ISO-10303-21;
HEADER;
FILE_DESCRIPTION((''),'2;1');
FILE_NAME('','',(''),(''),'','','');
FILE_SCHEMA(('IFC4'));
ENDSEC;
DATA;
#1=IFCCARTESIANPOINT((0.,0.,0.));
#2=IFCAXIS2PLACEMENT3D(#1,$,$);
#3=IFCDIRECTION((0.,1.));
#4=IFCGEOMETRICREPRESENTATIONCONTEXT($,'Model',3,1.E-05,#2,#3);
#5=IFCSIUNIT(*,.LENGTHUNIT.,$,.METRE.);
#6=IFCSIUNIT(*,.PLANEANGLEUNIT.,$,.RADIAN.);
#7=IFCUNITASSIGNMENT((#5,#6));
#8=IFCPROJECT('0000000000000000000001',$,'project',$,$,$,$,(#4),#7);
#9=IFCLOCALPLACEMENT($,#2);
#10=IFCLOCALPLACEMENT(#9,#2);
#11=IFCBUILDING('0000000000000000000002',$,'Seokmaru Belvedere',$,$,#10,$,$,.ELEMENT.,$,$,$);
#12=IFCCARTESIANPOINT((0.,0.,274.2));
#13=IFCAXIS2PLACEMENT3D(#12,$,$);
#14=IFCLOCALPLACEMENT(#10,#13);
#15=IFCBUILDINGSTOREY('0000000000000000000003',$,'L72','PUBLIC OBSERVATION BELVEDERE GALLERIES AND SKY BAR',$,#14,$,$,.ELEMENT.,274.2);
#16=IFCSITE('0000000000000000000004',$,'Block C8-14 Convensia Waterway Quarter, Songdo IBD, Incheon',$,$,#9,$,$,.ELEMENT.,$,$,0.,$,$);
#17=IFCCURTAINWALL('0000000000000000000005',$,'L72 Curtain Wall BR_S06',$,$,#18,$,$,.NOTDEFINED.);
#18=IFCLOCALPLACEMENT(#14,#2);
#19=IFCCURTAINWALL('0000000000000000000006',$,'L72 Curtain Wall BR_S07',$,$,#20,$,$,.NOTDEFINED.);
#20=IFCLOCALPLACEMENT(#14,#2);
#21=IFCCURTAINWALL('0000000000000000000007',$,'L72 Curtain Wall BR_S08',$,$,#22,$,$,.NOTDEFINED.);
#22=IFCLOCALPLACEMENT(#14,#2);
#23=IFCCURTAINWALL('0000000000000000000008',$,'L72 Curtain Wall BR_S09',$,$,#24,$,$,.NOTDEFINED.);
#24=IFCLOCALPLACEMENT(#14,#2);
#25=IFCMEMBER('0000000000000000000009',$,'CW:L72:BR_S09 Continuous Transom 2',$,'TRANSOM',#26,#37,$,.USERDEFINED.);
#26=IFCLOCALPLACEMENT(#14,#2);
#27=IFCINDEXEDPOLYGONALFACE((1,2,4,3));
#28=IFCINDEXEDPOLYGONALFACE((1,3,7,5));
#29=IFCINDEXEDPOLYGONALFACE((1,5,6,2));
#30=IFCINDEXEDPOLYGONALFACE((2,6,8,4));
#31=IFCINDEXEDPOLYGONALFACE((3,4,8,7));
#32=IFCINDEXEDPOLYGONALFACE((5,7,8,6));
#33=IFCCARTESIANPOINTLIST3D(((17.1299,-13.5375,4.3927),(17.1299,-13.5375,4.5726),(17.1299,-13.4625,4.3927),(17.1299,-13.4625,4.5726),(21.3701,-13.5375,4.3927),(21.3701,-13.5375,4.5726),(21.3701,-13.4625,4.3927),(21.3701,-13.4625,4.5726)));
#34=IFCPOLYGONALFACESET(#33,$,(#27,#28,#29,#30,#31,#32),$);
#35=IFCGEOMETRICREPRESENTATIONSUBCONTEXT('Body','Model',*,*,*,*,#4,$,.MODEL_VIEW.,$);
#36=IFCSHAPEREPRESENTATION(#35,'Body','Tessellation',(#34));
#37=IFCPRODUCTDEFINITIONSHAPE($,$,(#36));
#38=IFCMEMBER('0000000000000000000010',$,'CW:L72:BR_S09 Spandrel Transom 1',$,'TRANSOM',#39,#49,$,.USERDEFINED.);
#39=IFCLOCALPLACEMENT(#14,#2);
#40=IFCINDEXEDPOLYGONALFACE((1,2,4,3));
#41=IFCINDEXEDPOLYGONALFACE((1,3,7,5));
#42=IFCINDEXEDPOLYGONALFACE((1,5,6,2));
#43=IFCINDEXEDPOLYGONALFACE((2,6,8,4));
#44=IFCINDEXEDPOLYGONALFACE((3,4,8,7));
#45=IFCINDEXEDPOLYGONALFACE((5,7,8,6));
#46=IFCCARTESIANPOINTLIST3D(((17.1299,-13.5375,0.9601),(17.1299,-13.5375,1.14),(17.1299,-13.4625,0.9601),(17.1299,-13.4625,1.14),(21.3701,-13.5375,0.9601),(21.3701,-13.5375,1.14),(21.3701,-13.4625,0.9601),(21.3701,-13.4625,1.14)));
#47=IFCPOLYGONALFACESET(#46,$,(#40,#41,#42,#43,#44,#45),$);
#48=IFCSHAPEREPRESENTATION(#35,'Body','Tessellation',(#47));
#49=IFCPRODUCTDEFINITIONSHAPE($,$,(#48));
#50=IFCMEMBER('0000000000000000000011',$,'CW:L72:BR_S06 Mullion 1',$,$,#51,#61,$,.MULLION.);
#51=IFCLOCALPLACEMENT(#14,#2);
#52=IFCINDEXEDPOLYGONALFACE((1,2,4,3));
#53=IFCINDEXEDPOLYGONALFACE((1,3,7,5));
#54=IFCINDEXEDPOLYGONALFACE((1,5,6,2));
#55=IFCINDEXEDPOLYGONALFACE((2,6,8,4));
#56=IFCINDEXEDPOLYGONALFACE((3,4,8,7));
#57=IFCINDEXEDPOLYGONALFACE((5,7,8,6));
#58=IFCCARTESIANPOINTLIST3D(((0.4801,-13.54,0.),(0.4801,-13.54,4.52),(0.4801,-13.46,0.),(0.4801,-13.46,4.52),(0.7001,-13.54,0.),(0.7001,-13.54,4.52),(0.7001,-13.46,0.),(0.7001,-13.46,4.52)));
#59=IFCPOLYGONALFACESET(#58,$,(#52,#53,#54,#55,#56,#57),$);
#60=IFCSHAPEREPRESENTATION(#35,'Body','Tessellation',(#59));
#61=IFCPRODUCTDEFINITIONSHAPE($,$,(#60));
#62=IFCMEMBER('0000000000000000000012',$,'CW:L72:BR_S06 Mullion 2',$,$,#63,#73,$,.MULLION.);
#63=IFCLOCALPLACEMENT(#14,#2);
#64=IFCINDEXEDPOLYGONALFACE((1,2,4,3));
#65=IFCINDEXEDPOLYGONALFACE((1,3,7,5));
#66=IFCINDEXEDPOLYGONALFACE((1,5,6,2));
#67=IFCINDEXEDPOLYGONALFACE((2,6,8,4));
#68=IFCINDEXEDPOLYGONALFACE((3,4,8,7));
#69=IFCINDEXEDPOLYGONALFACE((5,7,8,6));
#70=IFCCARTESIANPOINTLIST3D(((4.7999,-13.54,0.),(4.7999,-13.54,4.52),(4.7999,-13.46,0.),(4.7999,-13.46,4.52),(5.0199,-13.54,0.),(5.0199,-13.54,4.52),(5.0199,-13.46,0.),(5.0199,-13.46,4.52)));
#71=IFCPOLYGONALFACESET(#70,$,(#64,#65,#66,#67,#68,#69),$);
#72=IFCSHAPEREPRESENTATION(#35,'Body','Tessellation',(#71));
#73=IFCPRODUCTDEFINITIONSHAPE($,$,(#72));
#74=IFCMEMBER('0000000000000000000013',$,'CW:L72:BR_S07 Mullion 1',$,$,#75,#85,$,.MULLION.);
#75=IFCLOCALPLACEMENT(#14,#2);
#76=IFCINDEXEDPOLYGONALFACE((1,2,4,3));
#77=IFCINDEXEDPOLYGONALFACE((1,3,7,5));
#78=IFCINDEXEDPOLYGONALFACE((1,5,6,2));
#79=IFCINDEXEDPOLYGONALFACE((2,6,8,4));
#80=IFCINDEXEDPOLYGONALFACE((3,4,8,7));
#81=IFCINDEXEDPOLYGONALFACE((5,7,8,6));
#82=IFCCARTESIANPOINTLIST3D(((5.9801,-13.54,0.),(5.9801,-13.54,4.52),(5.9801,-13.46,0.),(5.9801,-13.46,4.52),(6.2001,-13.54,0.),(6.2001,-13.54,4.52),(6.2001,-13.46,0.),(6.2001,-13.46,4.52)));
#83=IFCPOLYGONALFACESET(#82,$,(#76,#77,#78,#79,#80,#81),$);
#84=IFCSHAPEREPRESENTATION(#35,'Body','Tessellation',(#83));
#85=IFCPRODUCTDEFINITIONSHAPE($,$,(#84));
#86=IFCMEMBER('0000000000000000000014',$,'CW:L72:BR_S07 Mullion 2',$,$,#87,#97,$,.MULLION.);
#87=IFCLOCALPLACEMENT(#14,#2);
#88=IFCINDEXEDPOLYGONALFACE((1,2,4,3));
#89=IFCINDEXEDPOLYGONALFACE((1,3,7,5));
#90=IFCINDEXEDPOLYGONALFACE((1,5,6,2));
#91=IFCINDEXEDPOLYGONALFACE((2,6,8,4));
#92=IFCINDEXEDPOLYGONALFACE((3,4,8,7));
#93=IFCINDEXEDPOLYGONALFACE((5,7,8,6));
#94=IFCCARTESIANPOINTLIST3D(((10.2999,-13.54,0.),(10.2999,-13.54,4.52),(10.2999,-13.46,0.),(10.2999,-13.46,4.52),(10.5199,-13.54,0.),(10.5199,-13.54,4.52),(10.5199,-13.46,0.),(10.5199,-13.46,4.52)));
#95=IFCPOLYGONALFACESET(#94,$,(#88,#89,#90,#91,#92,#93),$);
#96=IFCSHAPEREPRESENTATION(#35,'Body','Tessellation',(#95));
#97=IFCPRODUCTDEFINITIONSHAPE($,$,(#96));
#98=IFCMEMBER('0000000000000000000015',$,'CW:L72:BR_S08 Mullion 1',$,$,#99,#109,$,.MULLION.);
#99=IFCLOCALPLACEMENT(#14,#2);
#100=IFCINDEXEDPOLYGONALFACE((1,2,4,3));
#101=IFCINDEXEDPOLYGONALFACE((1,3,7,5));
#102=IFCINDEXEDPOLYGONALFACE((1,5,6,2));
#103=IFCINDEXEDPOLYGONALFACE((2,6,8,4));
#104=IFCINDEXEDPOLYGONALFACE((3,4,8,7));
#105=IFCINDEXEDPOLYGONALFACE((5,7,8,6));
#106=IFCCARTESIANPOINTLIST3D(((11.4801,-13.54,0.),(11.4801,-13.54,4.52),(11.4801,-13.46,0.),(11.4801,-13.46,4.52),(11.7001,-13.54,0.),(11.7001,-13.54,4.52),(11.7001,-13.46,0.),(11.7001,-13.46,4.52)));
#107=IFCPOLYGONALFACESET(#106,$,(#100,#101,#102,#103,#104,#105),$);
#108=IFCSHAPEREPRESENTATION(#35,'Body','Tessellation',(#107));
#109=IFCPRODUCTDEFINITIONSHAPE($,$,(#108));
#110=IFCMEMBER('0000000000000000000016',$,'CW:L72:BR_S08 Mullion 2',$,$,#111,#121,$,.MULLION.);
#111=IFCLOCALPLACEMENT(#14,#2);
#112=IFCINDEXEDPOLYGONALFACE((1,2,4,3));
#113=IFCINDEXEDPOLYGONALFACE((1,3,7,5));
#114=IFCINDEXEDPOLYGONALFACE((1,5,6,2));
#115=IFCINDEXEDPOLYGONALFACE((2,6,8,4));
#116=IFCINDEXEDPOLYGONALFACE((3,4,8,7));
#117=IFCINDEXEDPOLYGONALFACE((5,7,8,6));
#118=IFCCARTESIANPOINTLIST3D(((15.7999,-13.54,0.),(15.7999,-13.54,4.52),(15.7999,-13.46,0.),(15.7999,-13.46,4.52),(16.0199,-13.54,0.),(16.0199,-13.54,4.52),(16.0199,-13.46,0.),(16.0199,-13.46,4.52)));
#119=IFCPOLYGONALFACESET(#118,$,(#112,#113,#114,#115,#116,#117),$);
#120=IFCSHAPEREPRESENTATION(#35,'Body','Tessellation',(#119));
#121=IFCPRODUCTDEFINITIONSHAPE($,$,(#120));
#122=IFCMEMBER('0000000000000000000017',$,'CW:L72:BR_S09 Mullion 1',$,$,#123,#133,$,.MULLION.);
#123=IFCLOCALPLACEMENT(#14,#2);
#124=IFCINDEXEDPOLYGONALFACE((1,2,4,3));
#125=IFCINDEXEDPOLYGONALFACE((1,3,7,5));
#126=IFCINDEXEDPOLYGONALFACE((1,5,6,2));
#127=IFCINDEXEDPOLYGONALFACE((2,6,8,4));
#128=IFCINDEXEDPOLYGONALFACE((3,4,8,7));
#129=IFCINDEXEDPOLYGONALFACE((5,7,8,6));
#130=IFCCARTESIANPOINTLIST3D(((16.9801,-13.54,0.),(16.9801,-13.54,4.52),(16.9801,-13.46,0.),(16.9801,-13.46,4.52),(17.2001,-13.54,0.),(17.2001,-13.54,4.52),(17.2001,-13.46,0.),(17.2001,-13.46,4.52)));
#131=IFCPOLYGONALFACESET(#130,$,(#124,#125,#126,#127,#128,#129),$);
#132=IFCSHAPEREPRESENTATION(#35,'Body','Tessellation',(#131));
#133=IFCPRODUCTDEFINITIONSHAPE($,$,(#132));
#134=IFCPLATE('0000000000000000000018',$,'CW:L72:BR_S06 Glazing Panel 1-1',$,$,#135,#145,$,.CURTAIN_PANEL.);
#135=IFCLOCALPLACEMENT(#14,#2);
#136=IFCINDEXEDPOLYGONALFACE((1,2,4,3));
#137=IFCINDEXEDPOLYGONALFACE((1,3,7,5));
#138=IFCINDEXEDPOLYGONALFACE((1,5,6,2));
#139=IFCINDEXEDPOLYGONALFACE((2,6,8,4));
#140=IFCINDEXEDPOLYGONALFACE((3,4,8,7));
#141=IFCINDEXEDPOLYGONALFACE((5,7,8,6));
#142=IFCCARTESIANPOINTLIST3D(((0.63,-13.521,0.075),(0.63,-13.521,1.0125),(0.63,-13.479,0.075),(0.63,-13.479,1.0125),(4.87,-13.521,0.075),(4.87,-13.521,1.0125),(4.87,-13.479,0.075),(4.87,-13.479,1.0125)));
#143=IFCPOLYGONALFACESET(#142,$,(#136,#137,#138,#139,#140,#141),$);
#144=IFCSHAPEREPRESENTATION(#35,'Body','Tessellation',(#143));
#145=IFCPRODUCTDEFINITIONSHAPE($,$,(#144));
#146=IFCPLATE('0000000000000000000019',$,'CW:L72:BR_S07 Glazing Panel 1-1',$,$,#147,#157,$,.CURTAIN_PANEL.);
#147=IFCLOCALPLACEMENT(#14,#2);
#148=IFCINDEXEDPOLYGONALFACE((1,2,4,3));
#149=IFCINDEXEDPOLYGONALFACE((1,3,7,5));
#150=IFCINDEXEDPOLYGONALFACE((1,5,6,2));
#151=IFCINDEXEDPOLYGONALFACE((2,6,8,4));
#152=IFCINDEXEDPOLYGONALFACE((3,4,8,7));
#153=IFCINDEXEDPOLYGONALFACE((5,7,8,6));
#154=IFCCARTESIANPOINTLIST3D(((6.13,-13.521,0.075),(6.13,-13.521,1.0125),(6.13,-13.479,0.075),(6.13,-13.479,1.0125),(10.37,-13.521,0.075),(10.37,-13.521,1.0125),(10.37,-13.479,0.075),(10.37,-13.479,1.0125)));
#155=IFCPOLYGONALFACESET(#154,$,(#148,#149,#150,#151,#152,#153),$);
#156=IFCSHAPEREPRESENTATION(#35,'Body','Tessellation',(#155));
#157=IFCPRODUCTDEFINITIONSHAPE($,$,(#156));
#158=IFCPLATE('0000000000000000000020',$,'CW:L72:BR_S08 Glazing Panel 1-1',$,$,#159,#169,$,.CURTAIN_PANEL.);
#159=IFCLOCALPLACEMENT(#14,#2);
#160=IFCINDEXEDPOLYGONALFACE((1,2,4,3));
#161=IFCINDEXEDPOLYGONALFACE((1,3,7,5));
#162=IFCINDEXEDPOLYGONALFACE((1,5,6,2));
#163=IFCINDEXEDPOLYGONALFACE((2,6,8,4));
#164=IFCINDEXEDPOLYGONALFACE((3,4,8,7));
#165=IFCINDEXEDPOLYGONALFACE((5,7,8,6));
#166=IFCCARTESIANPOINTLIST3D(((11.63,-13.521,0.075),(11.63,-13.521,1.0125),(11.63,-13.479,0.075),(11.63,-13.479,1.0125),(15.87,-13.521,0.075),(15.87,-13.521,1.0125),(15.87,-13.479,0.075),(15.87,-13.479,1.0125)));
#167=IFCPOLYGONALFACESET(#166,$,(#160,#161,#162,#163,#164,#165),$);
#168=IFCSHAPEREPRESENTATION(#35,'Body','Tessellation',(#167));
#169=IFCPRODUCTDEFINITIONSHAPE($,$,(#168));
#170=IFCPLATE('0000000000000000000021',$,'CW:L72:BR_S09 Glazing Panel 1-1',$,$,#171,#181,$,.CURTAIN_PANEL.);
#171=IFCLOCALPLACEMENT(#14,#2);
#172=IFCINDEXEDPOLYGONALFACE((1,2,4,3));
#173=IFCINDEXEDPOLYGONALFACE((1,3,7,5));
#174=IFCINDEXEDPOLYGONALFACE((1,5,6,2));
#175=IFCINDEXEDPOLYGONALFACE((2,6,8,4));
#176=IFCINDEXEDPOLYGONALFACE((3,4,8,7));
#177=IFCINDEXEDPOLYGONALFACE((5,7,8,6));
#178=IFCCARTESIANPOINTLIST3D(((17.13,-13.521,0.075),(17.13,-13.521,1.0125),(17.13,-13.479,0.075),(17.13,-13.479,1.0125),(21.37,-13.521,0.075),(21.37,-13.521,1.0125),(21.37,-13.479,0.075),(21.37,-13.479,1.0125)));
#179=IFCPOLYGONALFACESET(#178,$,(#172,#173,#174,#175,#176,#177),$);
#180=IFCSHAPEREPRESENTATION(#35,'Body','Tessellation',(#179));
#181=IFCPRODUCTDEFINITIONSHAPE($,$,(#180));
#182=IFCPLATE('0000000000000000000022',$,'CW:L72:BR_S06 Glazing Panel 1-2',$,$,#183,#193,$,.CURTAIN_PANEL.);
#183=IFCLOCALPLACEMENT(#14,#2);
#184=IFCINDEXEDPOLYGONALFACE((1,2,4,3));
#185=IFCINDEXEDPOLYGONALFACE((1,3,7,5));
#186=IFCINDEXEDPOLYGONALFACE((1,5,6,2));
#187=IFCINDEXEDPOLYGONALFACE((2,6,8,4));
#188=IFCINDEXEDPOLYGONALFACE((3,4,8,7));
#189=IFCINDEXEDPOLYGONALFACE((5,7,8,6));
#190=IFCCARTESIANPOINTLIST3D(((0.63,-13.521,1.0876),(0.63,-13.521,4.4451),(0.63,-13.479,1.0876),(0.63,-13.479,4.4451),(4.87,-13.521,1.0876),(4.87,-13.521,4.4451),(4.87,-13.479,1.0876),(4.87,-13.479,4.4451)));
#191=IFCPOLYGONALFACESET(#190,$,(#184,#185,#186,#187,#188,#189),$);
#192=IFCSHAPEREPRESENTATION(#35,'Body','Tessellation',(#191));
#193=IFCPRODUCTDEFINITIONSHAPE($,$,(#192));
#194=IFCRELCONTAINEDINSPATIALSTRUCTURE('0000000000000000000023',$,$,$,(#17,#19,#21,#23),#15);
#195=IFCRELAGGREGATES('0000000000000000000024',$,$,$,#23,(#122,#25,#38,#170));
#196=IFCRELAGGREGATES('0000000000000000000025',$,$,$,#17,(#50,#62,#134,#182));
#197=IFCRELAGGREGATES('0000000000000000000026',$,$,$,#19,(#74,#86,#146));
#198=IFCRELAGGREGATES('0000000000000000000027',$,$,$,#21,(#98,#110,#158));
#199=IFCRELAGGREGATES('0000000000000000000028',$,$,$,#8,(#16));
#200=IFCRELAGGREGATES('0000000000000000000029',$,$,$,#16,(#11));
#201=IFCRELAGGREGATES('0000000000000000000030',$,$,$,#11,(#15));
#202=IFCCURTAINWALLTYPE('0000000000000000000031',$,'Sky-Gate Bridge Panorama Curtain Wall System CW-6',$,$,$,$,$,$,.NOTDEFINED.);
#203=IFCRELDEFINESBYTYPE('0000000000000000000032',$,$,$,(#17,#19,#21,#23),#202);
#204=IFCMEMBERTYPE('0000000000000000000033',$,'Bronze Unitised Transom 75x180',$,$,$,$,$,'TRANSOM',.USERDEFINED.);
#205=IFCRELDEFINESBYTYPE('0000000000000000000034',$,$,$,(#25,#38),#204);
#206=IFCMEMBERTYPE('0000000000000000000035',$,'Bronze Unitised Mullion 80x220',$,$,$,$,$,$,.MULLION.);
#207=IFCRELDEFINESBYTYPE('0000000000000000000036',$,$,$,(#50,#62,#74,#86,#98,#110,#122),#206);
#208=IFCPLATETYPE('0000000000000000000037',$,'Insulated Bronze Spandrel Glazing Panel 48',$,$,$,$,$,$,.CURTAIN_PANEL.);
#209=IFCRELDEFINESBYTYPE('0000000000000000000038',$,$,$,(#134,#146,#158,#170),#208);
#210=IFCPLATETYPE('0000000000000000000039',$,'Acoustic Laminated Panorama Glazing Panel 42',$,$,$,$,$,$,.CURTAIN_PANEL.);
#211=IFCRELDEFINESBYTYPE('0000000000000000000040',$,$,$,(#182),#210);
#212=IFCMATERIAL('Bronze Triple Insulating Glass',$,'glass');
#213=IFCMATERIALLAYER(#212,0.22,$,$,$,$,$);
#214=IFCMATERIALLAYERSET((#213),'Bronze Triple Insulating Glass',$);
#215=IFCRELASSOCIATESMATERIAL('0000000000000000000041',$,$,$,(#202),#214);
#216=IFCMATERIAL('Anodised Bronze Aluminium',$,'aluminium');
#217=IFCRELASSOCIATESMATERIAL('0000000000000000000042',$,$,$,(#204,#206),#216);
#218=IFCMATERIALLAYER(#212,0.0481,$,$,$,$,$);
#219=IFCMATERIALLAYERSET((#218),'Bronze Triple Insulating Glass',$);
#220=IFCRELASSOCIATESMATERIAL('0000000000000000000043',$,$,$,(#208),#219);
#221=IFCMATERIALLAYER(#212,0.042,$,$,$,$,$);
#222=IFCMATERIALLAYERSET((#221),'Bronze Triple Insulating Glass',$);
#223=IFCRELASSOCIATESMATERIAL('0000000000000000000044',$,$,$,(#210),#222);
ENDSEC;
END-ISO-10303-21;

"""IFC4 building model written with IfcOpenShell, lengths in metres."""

from ifc_helpers import new_model, si_unit, direction, frame, origin, origin_2d, place, context, subcontext, project, spatial, rectangle, extrude, source, transform, mapped, material, layer, layer_set, material_profile, profile_set, type_object, type_shapes, element, aggregate, save


model = new_model("IFC4")

# Units and contexts
model_context = context("Model", 3, precision=1e-05, world=origin(), true_north=direction((0.0, 1.0)))
body_context = subcontext(model_context, "Body", "Model", "MODEL_VIEW")
ifc_project = project(units=[si_unit("LENGTHUNIT", "METRE"), si_unit("PLANEANGLEUNIT", "RADIAN")], contexts=[model_context])

# Site, building, storey
site_placement = place(None, origin())
site = spatial("IfcSite", under=ifc_project, at=site_placement, Name="Block C8-14 Convensia Waterway Quarter, Songdo IBD, Incheon", CompositionType="ELEMENT", RefElevation=0.0)
building_placement = place(site_placement, origin())
building = spatial("IfcBuilding", under=site, at=building_placement, Name="Seokmaru Belvedere", CompositionType="ELEMENT")
storey_placement = place(building_placement, frame((0.0, 0.0, 274.2)))
storey = spatial("IfcBuildingStorey", under=building, at=storey_placement, Name="L72", Description="PUBLIC OBSERVATION BELVEDERE GALLERIES AND SKY BAR", CompositionType="ELEMENT", Elevation=274.2)

# Curtain walls, members
ifc_material_1 = material(Name="Bronze Triple Insulating Glass", Category="glass")
ifc_layer_1 = layer(ifc_material_1, 0.22)
ifc_layer_set_1 = layer_set([ifc_layer_1], Name="Bronze Triple Insulating Glass")
curtain_wall_type = type_object("IfcCurtainWallType", Name="Sky-Gate Bridge Panorama Curtain Wall System CW-6", PredefinedType="NOTDEFINED", material=ifc_layer_set_1)
curtain_wall_1_placement = place(storey_placement, origin())
curtain_wall_1 = element("IfcCurtainWall", 1, at=curtain_wall_1_placement, inside=storey, type_object=curtain_wall_type, Name="L72 Curtain Wall BR_S06", PredefinedType="NOTDEFINED")
ifc_material_2 = material(Name="Anodised Bronze Aluminium", Category="aluminium")
ifc_material_profile_1 = material_profile(ifc_material_2, rectangle(XDim=0.075, YDim=0.1799, at=origin_2d()), Name="CW-T-75x180")
ifc_profile_set_1 = profile_set([ifc_material_profile_1], Name="Anodised Bronze Aluminium")
member_type_1 = type_object("IfcMemberType", Name="Bronze Unitised Transom 75x180", ElementType="TRANSOM", PredefinedType="USERDEFINED", material=ifc_profile_set_1)
shared_shape_1 = source(origin(), body_context, "Body", "SweptSolid", [
    extrude(rectangle(XDim=0.075, YDim=0.1799, at=origin_2d()), origin(), (0.0, 0.0, 1.0), 4.2402),
])
type_shapes(member_type_1, [shared_shape_1])
curtain_wall_2_placement = place(storey_placement, origin())
curtain_wall_2 = element("IfcCurtainWall", 2, at=curtain_wall_2_placement, inside=storey, type_object=curtain_wall_type, Name="L72 Curtain Wall BR_S07", PredefinedType="NOTDEFINED")
curtain_wall_3_placement = place(storey_placement, origin())
curtain_wall_3 = element("IfcCurtainWall", 3, at=curtain_wall_3_placement, inside=storey, type_object=curtain_wall_type, Name="L72 Curtain Wall BR_S08", PredefinedType="NOTDEFINED")
curtain_wall_4_placement = place(storey_placement, origin())
curtain_wall_4 = element("IfcCurtainWall", 4, at=curtain_wall_4_placement, inside=storey, type_object=curtain_wall_type, Name="L72 Curtain Wall BR_S09", PredefinedType="NOTDEFINED")
member_1_placement = place(storey_placement, frame((17.1299, -13.5, 4.4827), z_axis=(1.0, 0.0, 0.0), x_axis=(0.0, 1.0, 0.0)))
member_1 = element("IfcMember", 5, at=member_1_placement, type_object=member_type_1, Name="CW:L72:BR_S09 Continuous Transom 2", ObjectType="TRANSOM", PredefinedType="USERDEFINED", context=body_context, shape_type="MappedRepresentation", body=[
    mapped(shared_shape_1, transform((0.0, 0.0, 0.0), scale=1.0)),
])
member_2_placement = place(storey_placement, frame((17.1299, -13.5, 1.05), z_axis=(1.0, 0.0, 0.0), x_axis=(0.0, 1.0, 0.0)))
member_2 = element("IfcMember", 6, at=member_2_placement, type_object=member_type_1, Name="CW:L72:BR_S09 Spandrel Transom 1", ObjectType="TRANSOM", PredefinedType="USERDEFINED", context=body_context, shape_type="MappedRepresentation", body=[
    mapped(shared_shape_1, transform((0.0, 0.0, 0.0), scale=1.0)),
])

# Members
ifc_material_profile_2 = material_profile(ifc_material_2, rectangle(XDim=0.0801, YDim=0.22, at=origin_2d()), Name="CW-M-80x220")
ifc_profile_set_2 = profile_set([ifc_material_profile_2], Name="Anodised Bronze Aluminium")
member_type_2 = type_object("IfcMemberType", Name="Bronze Unitised Mullion 80x220", PredefinedType="MULLION", material=ifc_profile_set_2)
shared_shape_2 = source(origin(), body_context, "Body", "SweptSolid", [
    extrude(rectangle(XDim=0.0801, YDim=0.22, at=origin_2d()), origin(), (0.0, 0.0, 1.0), 4.52),
])
type_shapes(member_type_2, [shared_shape_2])
member_3_placement = place(storey_placement, frame((0.5901, -13.5, 0.0), z_axis=(0.0, 0.0, 1.0), x_axis=(0.0, 1.0, 0.0)))
member_3 = element("IfcMember", 7, at=member_3_placement, type_object=member_type_2, Name="CW:L72:BR_S06 Mullion 1", PredefinedType="MULLION", context=body_context, shape_type="MappedRepresentation", body=[
    mapped(shared_shape_2, transform((0.0, 0.0, 0.0), scale=1.0)),
])
member_4_placement = place(storey_placement, frame((4.9099, -13.5, 0.0), z_axis=(0.0, 0.0, 1.0), x_axis=(0.0, 1.0, 0.0)))
member_4 = element("IfcMember", 8, at=member_4_placement, type_object=member_type_2, Name="CW:L72:BR_S06 Mullion 2", PredefinedType="MULLION", context=body_context, shape_type="MappedRepresentation", body=[
    mapped(shared_shape_2, transform((0.0, 0.0, 0.0), scale=1.0)),
])
member_5_placement = place(storey_placement, frame((6.0901, -13.5, 0.0), z_axis=(0.0, 0.0, 1.0), x_axis=(0.0, 1.0, 0.0)))
member_5 = element("IfcMember", 9, at=member_5_placement, type_object=member_type_2, Name="CW:L72:BR_S07 Mullion 1", PredefinedType="MULLION", context=body_context, shape_type="MappedRepresentation", body=[
    mapped(shared_shape_2, transform((0.0, 0.0, 0.0), scale=1.0)),
])
member_6_placement = place(storey_placement, frame((10.4099, -13.5, 0.0), z_axis=(0.0, 0.0, 1.0), x_axis=(0.0, 1.0, 0.0)))
member_6 = element("IfcMember", 10, at=member_6_placement, type_object=member_type_2, Name="CW:L72:BR_S07 Mullion 2", PredefinedType="MULLION", context=body_context, shape_type="MappedRepresentation", body=[
    mapped(shared_shape_2, transform((0.0, 0.0, 0.0), scale=1.0)),
])
member_7_placement = place(storey_placement, frame((11.5901, -13.5, 0.0), z_axis=(0.0, 0.0, 1.0), x_axis=(0.0, 1.0, 0.0)))
member_7 = element("IfcMember", 11, at=member_7_placement, type_object=member_type_2, Name="CW:L72:BR_S08 Mullion 1", PredefinedType="MULLION", context=body_context, shape_type="MappedRepresentation", body=[
    mapped(shared_shape_2, transform((0.0, 0.0, 0.0), scale=1.0)),
])
member_8_placement = place(storey_placement, frame((15.9099, -13.5, 0.0), z_axis=(0.0, 0.0, 1.0), x_axis=(0.0, 1.0, 0.0)))
member_8 = element("IfcMember", 12, at=member_8_placement, type_object=member_type_2, Name="CW:L72:BR_S08 Mullion 2", PredefinedType="MULLION", context=body_context, shape_type="MappedRepresentation", body=[
    mapped(shared_shape_2, transform((0.0, 0.0, 0.0), scale=1.0)),
])
member_9_placement = place(storey_placement, frame((17.0901, -13.5, 0.0), z_axis=(0.0, 0.0, 1.0), x_axis=(0.0, 1.0, 0.0)))
member_9 = element("IfcMember", 13, at=member_9_placement, type_object=member_type_2, Name="CW:L72:BR_S09 Mullion 1", PredefinedType="MULLION", context=body_context, shape_type="MappedRepresentation", body=[
    mapped(shared_shape_2, transform((0.0, 0.0, 0.0), scale=1.0)),
])

# Plates
ifc_layer_2 = layer(ifc_material_1, 0.0481)
ifc_layer_set_2 = layer_set([ifc_layer_2], Name="Bronze Triple Insulating Glass")
plate_type_1 = type_object("IfcPlateType", Name="Insulated Bronze Spandrel Glazing Panel 48", PredefinedType="CURTAIN_PANEL", material=ifc_layer_set_2)
shared_shape_3 = source(origin(), body_context, "Body", "SweptSolid", [
    extrude(rectangle(XDim=4.24, YDim=0.042, at=origin_2d()), origin(), (0.0, 0.0, 1.0), 0.9375),
])
type_shapes(plate_type_1, [shared_shape_3])
plate_1_placement = place(storey_placement, frame((2.75, -13.5, 0.075), z_axis=(0.0, 0.0, 1.0), x_axis=(1.0, 0.0, 0.0)))
plate_1 = element("IfcPlate", 14, at=plate_1_placement, type_object=plate_type_1, Name="CW:L72:BR_S06 Glazing Panel 1-1", PredefinedType="CURTAIN_PANEL", context=body_context, shape_type="MappedRepresentation", body=[
    mapped(shared_shape_3, transform((0.0, 0.0, 0.0), scale=1.0)),
])
plate_2_placement = place(storey_placement, frame((8.25, -13.5, 0.075), z_axis=(0.0, 0.0, 1.0), x_axis=(1.0, 0.0, 0.0)))
plate_2 = element("IfcPlate", 15, at=plate_2_placement, type_object=plate_type_1, Name="CW:L72:BR_S07 Glazing Panel 1-1", PredefinedType="CURTAIN_PANEL", context=body_context, shape_type="MappedRepresentation", body=[
    mapped(shared_shape_3, transform((0.0, 0.0, 0.0), scale=1.0)),
])
plate_3_placement = place(storey_placement, frame((13.75, -13.5, 0.075), z_axis=(0.0, 0.0, 1.0), x_axis=(1.0, 0.0, 0.0)))
plate_3 = element("IfcPlate", 16, at=plate_3_placement, type_object=plate_type_1, Name="CW:L72:BR_S08 Glazing Panel 1-1", PredefinedType="CURTAIN_PANEL", context=body_context, shape_type="MappedRepresentation", body=[
    mapped(shared_shape_3, transform((0.0, 0.0, 0.0), scale=1.0)),
])
plate_4_placement = place(storey_placement, frame((19.25, -13.5, 0.075), z_axis=(0.0, 0.0, 1.0), x_axis=(1.0, 0.0, 0.0)))
plate_4 = element("IfcPlate", 17, at=plate_4_placement, type_object=plate_type_1, Name="CW:L72:BR_S09 Glazing Panel 1-1", PredefinedType="CURTAIN_PANEL", context=body_context, shape_type="MappedRepresentation", body=[
    mapped(shared_shape_3, transform((0.0, 0.0, 0.0), scale=1.0)),
])
aggregate(curtain_wall_4, [member_9, member_1, member_2, plate_4])
ifc_layer_3 = layer(ifc_material_1, 0.042)
ifc_layer_set_3 = layer_set([ifc_layer_3], Name="Bronze Triple Insulating Glass")
plate_type_2 = type_object("IfcPlateType", Name="Acoustic Laminated Panorama Glazing Panel 42", PredefinedType="CURTAIN_PANEL", material=ifc_layer_set_3)
shared_shape_4 = source(origin(), body_context, "Body", "SweptSolid", [
    extrude(rectangle(XDim=4.24, YDim=0.042, at=origin_2d()), origin(), (0.0, 0.0, 1.0), 3.3574),
])
type_shapes(plate_type_2, [shared_shape_4])
plate_5_placement = place(storey_placement, frame((2.75, -13.5, 1.0876), z_axis=(0.0, 0.0, 1.0), x_axis=(1.0, 0.0, 0.0)))
plate_5 = element("IfcPlate", 18, at=plate_5_placement, type_object=plate_type_2, Name="CW:L72:BR_S06 Glazing Panel 1-2", PredefinedType="CURTAIN_PANEL", context=body_context, shape_type="MappedRepresentation", body=[
    mapped(shared_shape_4, transform((0.0, 0.0, 0.0), scale=1.0)),
])
aggregate(curtain_wall_1, [member_3, member_4, plate_1, plate_5])
aggregate(curtain_wall_2, [member_5, member_6, plate_2])
aggregate(curtain_wall_3, [member_7, member_8, plate_3])

save(model, "model.ifc")
